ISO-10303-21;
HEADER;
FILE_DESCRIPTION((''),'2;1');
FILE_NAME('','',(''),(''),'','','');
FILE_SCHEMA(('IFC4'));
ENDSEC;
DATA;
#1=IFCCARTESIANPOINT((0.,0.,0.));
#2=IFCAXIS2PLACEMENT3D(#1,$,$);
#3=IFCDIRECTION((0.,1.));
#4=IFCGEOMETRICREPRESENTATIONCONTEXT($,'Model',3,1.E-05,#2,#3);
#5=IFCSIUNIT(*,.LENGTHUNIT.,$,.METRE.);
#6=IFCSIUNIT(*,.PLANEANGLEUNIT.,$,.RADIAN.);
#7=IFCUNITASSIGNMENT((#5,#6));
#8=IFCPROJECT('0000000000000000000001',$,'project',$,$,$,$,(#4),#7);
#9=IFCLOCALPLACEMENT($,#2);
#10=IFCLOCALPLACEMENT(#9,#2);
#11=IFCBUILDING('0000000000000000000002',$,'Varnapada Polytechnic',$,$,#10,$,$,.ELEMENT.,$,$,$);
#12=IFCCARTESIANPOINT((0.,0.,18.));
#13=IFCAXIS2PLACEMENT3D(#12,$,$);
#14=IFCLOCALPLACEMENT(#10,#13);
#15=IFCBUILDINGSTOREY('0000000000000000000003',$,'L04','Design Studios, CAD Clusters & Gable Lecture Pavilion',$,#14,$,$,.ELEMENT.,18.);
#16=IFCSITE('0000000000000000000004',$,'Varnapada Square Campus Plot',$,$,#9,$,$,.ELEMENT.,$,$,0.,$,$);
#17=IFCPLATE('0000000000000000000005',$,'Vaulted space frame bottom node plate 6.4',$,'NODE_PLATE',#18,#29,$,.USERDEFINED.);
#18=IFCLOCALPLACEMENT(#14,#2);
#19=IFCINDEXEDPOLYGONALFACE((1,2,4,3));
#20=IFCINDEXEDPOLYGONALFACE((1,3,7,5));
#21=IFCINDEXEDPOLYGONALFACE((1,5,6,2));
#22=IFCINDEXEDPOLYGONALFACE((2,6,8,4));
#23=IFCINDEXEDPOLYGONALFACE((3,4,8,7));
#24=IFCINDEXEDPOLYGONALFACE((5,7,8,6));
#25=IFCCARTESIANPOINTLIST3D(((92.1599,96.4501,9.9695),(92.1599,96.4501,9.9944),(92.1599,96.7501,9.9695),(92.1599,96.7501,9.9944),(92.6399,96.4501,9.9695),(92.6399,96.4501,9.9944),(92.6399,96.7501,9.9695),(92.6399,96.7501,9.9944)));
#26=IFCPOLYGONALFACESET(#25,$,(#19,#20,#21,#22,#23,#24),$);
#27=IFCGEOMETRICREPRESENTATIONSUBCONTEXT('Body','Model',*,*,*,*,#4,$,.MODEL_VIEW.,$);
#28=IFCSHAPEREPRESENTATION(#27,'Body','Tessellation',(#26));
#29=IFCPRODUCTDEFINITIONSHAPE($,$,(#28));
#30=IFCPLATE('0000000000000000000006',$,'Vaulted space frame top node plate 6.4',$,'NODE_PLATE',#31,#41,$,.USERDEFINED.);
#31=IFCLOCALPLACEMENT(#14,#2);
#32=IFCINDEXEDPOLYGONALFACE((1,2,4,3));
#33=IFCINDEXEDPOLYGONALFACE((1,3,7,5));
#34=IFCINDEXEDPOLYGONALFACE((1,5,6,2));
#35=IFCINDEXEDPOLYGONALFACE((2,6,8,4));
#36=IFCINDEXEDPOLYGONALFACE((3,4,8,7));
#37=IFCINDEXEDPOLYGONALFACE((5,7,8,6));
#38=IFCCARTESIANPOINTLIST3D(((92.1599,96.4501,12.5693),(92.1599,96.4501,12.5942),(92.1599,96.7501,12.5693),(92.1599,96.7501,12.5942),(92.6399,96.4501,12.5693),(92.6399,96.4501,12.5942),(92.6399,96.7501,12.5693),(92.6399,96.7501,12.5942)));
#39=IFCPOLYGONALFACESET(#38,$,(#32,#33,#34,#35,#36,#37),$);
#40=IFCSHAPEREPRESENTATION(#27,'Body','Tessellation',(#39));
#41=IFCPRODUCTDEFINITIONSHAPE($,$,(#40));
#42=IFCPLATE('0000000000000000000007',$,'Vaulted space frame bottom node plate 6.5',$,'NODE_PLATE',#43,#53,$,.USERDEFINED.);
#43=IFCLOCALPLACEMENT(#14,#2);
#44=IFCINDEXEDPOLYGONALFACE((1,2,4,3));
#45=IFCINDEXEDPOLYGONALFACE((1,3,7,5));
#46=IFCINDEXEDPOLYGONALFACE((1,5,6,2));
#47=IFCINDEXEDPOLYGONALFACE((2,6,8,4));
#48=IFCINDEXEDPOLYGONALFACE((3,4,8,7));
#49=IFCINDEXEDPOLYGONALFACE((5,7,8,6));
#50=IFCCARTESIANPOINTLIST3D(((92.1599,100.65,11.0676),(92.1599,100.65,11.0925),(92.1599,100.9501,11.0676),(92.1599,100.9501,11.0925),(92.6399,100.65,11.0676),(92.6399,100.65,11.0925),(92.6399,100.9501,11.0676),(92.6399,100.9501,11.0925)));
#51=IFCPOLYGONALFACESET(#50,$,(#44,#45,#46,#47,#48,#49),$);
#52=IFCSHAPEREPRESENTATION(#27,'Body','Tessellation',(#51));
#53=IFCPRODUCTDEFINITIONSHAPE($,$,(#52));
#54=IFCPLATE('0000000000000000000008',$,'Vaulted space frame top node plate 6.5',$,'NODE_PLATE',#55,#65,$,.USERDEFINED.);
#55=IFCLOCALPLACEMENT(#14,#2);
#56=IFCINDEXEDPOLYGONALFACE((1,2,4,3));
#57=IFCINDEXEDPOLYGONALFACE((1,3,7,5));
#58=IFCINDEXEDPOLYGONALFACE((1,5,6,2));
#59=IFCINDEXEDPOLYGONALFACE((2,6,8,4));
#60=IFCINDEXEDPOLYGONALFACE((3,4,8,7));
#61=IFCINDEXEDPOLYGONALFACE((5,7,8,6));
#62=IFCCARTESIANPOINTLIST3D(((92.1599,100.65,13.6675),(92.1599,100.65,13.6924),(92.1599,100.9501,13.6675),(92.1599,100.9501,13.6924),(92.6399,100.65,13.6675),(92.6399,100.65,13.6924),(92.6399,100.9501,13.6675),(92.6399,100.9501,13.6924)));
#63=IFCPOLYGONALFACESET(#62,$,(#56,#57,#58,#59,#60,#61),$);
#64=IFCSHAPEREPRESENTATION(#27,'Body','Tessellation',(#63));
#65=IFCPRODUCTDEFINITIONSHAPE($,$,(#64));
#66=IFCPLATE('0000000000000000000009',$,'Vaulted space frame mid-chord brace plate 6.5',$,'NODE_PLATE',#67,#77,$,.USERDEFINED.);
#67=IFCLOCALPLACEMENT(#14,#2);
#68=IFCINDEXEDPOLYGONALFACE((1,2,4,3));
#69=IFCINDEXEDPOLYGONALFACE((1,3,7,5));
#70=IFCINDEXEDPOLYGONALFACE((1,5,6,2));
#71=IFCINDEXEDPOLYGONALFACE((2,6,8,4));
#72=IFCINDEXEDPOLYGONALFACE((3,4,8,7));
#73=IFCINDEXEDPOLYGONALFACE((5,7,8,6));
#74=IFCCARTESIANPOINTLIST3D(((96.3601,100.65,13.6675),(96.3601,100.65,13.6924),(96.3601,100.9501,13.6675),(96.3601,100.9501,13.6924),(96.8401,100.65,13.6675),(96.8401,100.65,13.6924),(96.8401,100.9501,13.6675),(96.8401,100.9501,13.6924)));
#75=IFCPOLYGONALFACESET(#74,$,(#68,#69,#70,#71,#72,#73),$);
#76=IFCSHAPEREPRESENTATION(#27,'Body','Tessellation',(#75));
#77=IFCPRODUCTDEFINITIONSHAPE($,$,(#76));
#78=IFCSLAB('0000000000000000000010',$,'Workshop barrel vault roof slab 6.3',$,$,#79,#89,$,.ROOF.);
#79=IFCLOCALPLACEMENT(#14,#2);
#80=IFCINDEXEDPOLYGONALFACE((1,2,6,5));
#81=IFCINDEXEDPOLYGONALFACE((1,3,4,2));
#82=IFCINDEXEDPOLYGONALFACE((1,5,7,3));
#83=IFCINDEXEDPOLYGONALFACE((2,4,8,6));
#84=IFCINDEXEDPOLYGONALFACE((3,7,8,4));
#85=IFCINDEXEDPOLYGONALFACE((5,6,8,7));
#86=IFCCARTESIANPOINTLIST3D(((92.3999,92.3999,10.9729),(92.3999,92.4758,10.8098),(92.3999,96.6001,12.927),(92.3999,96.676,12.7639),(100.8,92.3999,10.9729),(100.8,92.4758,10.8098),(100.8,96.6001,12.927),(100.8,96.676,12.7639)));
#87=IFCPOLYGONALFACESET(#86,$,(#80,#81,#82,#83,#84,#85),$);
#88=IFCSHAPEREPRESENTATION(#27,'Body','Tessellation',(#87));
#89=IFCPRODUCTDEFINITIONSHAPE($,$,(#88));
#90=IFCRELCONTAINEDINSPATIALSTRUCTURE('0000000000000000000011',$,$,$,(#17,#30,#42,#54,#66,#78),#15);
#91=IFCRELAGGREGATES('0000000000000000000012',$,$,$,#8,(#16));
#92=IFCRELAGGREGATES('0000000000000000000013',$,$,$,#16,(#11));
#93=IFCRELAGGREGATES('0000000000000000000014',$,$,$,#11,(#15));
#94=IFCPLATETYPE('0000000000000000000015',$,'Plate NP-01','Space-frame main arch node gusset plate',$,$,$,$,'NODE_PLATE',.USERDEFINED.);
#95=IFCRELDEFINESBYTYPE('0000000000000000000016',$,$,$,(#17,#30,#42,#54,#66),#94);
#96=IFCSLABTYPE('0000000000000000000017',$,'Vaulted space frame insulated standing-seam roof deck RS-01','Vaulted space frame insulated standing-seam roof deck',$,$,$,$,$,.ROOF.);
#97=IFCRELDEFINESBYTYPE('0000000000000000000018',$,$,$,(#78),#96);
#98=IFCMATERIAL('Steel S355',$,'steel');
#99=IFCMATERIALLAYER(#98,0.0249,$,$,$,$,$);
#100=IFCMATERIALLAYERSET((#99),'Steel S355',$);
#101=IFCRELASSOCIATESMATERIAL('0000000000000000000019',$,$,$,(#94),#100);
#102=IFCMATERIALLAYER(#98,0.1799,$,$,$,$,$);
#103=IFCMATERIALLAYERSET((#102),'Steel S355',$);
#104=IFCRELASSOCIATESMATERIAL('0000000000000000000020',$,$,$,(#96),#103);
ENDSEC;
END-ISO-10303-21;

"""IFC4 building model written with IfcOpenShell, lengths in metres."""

from ifc_helpers import new_model, si_unit, direction, frame, origin, origin_2d, place, context, subcontext, project, spatial, polyline, rectangle, outline, extrude, material, layer, layer_set, type_object, element, save


model = new_model("IFC4")

# Units and contexts
model_context = context("Model", 3, precision=1e-05, world=origin(), true_north=direction((0.0, 1.0)))
body_context = subcontext(model_context, "Body", "Model", "MODEL_VIEW")
ifc_project = project(units=[si_unit("LENGTHUNIT", "METRE"), si_unit("PLANEANGLEUNIT", "RADIAN")], contexts=[model_context])

# Site, building, storey
site_placement = place(None, origin())
site = spatial("IfcSite", under=ifc_project, at=site_placement, Name="Varnapada Square Campus Plot", CompositionType="ELEMENT", RefElevation=0.0)
building_placement = place(site_placement, origin())
building = spatial("IfcBuilding", under=site, at=building_placement, Name="Varnapada Polytechnic", CompositionType="ELEMENT")
storey_placement = place(building_placement, frame((0.0, 0.0, 18.0)))
storey = spatial("IfcBuildingStorey", under=building, at=storey_placement, Name="L04", Description="Design Studios, CAD Clusters & Gable Lecture Pavilion", CompositionType="ELEMENT", Elevation=18.0)

# Shared definitions
ifc_material = material(Name="Steel S355", Category="steel")

# Plates
ifc_layer_1 = layer(ifc_material, 0.0249)
ifc_layer_set_1 = layer_set([ifc_layer_1], Name="Steel S355")
plate_type = type_object("IfcPlateType", Name="Plate NP-01", Description="Space-frame main arch node gusset plate", ElementType="NODE_PLATE", PredefinedType="USERDEFINED", material=ifc_layer_set_1)
for number, where, z_axis, x_axis, name in (
    (1, (92.3999, 96.6001, 9.9695), (0.0, 0.0, 1.0), (1.0, 0.0, 0.0), "Vaulted space frame bottom node plate 6.4"),
    (2, (92.3999, 96.6001, 12.5693), (0.0, 0.0, 1.0), (1.0, 0.0, 0.0), "Vaulted space frame top node plate 6.4"),
    (3, (92.3999, 100.8, 11.0676), (0.0, 0.0, 1.0), (1.0, 0.0, 0.0), "Vaulted space frame bottom node plate 6.5"),
    (4, (92.3999, 100.8, 13.6675), (0.0, 0.0, 1.0), (1.0, 0.0, 0.0), "Vaulted space frame top node plate 6.5"),
    (5, (96.6001, 100.8, 13.6675), (0.0, 0.0, 1.0), (1.0, 0.0, 0.0), "Vaulted space frame mid-chord brace plate 6.5"),
):
    element("IfcPlate", number, at=place(storey_placement, frame(where, z_axis=z_axis, x_axis=x_axis)), inside=storey, type_object=plate_type, Name=name, ObjectType="NODE_PLATE", PredefinedType="USERDEFINED", context=body_context, shape_type="SweptSolid", body=[
        extrude(rectangle(XDim=0.48, YDim=0.3, at=origin_2d()), origin(), (0.0, 0.0, 1.0), 0.0249),
    ])

# Slab
ifc_layer_2 = layer(ifc_material, 0.1799)
ifc_layer_set_2 = layer_set([ifc_layer_2], Name="Steel S355")
slab_type = type_object("IfcSlabType", Name="Vaulted space frame insulated standing-seam roof deck RS-01", Description="Vaulted space frame insulated standing-seam roof deck", PredefinedType="ROOF", material=ifc_layer_set_2)
slab_placement = place(storey_placement, frame((92.3999, 92.3999, 10.9729), z_axis=(0.0, -0.421823, 0.906678), x_axis=(1.0, 0.0, 0.0)))
element("IfcSlab", 6, at=slab_placement, inside=storey, type_object=slab_type, Name="Workshop barrel vault roof slab 6.3", PredefinedType="ROOF", context=body_context, shape_type="SweptSolid", body=[
    extrude(outline(polyline([(0.0, 0.0), (8.4001, 0.0), (8.4001, 4.6325), (0.0, 4.6325), (0.0, 0.0)])), origin(), (0.0, 0.0, -1.0), 0.1799),
])

save(model, "model.ifc")
